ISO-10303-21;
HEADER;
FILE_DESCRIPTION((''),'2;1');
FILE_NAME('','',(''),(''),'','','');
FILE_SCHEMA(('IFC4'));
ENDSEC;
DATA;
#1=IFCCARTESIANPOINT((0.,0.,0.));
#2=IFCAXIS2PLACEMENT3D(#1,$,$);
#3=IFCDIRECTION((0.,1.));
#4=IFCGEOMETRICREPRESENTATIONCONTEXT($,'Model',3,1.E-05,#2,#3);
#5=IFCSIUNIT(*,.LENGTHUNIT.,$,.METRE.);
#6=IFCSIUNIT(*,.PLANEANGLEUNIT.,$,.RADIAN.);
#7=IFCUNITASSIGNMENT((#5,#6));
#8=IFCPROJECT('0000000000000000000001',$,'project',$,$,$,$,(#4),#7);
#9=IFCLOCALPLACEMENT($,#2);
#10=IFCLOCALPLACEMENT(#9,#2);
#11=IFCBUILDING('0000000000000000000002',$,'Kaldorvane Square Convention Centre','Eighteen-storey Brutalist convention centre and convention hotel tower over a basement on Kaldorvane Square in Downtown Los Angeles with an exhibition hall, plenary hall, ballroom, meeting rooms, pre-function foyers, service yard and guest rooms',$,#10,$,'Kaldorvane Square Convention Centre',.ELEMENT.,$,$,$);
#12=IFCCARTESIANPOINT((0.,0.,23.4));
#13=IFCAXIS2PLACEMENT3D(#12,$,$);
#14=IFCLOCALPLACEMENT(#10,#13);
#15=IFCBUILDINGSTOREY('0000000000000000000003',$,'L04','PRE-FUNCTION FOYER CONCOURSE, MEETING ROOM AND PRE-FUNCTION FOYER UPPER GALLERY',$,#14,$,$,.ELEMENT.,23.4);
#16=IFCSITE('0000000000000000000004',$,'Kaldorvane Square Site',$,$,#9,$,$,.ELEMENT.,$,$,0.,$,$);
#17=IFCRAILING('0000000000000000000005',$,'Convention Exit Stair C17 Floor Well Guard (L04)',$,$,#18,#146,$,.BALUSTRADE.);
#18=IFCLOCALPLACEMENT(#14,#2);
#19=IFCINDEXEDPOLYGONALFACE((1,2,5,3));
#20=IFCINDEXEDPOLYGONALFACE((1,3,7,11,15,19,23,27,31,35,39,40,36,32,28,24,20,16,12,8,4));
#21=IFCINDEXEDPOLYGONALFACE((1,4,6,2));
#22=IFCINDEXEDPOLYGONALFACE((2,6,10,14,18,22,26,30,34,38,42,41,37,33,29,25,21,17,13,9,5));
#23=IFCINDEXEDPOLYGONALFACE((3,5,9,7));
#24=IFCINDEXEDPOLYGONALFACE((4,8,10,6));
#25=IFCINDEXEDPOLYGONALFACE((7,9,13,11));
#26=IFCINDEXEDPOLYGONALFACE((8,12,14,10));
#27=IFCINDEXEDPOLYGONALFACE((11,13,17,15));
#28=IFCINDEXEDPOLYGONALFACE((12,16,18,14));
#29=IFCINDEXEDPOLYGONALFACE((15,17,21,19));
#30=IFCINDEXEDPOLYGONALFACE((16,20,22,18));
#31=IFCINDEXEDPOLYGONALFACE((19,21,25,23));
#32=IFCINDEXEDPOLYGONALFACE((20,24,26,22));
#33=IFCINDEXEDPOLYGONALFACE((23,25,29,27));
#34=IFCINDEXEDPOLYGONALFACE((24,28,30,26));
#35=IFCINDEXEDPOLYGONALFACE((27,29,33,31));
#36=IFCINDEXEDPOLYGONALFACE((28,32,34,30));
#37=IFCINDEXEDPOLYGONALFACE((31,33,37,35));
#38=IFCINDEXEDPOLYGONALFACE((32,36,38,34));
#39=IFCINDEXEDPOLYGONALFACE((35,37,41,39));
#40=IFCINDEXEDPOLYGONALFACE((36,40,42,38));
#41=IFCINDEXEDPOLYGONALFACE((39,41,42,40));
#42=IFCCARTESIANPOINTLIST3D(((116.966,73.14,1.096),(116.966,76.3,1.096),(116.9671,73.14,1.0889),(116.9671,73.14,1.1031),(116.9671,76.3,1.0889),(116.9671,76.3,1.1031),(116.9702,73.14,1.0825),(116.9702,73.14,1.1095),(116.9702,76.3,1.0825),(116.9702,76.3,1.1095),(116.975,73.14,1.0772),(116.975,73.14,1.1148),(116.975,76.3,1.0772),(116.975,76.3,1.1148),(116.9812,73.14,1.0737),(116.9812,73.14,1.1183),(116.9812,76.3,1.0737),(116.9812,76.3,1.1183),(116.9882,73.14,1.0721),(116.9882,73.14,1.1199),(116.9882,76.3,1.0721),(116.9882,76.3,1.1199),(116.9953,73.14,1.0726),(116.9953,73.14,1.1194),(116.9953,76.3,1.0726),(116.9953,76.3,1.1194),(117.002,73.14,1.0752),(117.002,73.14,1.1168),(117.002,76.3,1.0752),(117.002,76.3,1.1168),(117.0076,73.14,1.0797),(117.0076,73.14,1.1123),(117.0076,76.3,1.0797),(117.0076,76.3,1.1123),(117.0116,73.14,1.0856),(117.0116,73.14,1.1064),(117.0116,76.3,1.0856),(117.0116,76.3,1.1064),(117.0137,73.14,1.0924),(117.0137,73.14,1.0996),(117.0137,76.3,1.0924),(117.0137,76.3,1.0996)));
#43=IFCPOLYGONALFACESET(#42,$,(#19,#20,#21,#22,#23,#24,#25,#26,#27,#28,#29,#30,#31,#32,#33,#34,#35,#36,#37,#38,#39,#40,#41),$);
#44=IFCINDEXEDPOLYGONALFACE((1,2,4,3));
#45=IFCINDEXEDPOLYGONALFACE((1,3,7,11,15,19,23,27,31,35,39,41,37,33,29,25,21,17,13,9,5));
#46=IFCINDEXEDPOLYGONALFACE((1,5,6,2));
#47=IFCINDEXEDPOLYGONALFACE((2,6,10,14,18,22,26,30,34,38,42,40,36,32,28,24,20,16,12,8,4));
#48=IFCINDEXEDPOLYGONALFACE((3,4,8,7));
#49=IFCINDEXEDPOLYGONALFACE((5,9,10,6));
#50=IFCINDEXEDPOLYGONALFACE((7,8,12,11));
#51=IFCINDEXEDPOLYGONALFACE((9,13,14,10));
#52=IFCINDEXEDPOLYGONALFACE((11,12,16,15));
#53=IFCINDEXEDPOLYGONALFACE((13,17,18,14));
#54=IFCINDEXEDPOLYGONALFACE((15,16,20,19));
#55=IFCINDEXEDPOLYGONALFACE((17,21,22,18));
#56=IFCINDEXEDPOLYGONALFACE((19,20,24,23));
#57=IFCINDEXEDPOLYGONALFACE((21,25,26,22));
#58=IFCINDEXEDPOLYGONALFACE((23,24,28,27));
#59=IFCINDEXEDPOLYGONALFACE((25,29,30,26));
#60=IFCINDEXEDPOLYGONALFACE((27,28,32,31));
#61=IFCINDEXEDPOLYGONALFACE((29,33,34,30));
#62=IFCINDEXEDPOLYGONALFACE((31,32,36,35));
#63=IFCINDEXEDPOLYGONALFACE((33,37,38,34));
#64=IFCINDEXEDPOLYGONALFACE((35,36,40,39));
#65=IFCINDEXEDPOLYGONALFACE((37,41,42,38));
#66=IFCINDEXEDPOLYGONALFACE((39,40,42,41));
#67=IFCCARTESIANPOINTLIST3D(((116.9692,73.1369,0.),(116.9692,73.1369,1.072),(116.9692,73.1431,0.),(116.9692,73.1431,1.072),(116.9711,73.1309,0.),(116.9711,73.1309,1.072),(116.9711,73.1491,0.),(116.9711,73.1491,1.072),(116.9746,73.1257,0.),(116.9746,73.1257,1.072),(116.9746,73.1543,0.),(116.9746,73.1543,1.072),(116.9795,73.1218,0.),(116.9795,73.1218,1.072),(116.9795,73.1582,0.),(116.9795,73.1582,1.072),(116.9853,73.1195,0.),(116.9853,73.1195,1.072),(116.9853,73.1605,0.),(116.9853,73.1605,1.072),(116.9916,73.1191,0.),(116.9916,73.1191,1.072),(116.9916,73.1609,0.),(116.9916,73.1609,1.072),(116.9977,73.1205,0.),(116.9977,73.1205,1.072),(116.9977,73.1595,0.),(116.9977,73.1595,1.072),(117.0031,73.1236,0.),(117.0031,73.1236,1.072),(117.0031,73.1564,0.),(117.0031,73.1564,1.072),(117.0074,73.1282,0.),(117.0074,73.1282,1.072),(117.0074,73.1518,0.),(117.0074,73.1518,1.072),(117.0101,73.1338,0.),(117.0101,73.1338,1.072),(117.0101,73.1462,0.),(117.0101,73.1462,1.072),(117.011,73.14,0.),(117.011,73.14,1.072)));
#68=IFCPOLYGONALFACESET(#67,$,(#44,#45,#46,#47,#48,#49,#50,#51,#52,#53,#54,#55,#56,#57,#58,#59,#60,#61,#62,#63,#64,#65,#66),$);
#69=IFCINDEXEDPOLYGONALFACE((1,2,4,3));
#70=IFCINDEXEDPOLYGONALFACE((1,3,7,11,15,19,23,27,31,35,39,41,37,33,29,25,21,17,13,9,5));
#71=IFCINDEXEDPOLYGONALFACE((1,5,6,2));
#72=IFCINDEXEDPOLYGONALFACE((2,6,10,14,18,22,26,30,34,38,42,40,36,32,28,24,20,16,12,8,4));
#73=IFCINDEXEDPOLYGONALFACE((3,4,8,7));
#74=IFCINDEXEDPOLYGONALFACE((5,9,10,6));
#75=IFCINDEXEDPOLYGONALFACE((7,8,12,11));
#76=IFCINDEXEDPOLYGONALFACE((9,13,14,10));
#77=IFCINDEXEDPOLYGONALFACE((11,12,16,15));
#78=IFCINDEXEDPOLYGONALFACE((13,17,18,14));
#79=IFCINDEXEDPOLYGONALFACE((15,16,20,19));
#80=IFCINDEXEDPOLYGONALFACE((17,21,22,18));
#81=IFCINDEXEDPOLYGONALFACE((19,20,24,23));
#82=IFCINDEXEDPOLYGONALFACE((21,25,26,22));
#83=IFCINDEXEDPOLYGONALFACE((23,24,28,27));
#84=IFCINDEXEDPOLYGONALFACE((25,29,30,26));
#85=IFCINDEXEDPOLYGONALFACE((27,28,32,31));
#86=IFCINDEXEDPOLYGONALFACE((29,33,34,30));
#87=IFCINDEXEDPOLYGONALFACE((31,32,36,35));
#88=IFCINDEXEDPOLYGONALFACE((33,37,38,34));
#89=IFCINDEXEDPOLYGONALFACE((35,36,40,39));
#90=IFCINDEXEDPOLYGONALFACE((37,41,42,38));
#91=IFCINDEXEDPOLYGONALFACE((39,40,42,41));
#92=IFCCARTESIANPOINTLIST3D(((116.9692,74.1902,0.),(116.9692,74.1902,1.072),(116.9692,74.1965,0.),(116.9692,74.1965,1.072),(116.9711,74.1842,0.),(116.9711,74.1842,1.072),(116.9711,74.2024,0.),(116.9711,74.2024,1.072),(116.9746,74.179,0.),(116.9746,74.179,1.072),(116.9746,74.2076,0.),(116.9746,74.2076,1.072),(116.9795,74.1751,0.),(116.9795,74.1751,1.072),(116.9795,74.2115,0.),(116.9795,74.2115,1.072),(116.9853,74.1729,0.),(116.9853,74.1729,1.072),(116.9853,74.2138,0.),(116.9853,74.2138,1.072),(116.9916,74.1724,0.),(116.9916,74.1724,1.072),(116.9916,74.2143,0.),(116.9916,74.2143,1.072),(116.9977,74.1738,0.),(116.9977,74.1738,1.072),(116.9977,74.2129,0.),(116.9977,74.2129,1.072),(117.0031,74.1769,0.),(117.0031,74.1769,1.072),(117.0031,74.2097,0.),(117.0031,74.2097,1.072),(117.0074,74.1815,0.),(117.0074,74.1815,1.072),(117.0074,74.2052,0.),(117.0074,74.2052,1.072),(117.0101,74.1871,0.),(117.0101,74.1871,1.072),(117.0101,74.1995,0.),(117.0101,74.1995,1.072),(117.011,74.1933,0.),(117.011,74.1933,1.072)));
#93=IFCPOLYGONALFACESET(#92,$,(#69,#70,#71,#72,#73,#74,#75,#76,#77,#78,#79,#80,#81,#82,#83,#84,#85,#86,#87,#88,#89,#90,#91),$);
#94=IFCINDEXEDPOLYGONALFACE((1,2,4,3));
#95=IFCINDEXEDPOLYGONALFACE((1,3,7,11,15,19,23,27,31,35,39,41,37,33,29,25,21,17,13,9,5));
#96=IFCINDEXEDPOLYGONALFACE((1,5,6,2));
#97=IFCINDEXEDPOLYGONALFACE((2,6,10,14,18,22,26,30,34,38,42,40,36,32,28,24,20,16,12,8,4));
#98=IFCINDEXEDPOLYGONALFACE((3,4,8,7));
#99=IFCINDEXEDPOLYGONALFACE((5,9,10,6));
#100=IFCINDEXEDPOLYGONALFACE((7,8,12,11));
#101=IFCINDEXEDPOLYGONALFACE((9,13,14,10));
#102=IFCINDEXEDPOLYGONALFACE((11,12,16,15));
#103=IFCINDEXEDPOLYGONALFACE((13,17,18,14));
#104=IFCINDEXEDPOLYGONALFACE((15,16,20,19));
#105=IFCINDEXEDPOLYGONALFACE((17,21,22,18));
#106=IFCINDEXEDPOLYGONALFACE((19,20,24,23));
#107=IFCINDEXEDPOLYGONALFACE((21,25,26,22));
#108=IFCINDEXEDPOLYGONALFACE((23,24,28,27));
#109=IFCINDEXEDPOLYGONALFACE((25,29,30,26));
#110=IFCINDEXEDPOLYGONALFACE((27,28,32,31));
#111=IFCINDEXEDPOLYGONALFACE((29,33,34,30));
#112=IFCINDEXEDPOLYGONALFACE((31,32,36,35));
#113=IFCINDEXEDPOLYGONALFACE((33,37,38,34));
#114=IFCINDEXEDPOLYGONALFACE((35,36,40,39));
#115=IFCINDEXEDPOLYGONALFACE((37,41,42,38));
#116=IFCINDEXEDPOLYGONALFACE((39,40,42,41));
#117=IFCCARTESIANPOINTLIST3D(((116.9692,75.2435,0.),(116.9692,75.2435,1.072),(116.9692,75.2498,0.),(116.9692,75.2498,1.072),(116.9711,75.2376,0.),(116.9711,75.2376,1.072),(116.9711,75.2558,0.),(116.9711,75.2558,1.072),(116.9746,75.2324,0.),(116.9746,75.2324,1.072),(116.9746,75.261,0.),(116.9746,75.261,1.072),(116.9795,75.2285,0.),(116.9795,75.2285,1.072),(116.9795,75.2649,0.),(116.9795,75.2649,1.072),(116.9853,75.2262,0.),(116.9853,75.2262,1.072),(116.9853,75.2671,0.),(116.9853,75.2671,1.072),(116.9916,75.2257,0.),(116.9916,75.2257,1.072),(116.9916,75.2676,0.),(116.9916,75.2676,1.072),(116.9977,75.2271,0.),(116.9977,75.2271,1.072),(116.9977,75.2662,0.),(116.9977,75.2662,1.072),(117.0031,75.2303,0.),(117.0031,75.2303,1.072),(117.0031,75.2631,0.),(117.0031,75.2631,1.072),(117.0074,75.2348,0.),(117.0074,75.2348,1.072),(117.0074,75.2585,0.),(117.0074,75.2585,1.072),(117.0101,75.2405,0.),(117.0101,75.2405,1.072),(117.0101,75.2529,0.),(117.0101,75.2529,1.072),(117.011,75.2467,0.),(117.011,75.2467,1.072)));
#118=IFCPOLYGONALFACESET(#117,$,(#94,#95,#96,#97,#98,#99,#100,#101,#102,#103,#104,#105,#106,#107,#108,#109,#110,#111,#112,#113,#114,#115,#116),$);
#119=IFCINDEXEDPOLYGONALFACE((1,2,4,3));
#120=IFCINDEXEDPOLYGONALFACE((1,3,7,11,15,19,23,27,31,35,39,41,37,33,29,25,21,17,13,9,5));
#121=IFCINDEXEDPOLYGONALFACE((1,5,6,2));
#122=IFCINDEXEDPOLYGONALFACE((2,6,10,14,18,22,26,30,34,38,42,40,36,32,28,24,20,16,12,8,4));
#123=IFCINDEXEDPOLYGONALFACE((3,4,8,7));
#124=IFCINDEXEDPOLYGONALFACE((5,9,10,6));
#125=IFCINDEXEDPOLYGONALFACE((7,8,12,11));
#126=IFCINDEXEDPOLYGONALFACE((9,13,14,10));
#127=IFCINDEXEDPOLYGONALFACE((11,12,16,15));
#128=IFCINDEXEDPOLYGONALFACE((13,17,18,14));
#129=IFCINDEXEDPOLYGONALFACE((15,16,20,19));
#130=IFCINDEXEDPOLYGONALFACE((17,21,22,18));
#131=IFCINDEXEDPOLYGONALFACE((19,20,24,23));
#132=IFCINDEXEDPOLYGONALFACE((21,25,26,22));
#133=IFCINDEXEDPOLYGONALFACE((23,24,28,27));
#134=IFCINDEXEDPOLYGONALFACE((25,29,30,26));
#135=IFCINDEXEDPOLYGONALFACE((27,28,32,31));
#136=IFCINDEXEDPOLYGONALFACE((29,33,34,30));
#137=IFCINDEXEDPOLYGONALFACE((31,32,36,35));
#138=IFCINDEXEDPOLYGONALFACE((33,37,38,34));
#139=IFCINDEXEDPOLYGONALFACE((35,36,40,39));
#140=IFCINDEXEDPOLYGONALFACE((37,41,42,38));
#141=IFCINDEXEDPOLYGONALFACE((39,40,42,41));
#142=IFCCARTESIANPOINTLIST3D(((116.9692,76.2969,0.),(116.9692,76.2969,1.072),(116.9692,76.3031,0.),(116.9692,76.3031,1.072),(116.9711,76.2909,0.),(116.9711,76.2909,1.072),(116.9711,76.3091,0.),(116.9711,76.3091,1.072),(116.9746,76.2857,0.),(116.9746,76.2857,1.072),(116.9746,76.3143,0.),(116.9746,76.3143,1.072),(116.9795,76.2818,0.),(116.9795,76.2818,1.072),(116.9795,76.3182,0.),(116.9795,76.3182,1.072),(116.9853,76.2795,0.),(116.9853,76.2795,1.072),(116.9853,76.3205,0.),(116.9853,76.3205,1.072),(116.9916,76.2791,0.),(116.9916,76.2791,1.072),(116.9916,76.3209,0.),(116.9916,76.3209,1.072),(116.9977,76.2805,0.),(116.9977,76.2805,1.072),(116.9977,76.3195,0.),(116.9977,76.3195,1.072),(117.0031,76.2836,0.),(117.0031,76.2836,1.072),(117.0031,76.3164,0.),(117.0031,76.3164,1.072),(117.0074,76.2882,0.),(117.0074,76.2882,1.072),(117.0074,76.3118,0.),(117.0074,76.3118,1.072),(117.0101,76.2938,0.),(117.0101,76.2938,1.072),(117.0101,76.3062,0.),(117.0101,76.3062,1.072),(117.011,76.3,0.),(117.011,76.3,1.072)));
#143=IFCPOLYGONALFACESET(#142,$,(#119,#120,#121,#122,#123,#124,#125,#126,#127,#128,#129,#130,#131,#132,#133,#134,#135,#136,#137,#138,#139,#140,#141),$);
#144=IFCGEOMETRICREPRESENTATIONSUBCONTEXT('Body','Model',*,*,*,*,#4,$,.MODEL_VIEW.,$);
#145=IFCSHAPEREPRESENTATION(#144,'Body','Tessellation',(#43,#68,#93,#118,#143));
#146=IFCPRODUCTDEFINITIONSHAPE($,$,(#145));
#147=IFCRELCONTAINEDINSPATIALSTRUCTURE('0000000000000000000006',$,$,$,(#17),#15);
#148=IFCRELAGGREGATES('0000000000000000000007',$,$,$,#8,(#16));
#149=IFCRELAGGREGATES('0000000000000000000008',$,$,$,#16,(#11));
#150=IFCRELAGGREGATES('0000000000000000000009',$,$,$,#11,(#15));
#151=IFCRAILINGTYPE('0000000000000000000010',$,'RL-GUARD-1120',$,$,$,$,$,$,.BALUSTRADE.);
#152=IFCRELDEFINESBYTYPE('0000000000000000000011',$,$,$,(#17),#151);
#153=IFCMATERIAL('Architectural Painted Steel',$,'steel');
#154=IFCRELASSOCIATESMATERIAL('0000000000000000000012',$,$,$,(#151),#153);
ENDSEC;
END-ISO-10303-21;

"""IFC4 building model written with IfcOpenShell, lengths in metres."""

from ifc_helpers import new_model, si_unit, direction, frame, origin, origin_2d, place, context, subcontext, project, spatial, circle, extrude, material, type_object, element, save


model = new_model("IFC4")

# Units and contexts
model_context = context("Model", 3, precision=1e-05, world=origin(), true_north=direction((0.0, 1.0)))
body_context = subcontext(model_context, "Body", "Model", "MODEL_VIEW")
ifc_project = project(units=[si_unit("LENGTHUNIT", "METRE"), si_unit("PLANEANGLEUNIT", "RADIAN")], contexts=[model_context])

# Site, building, storey
site_placement = place(None, origin())
site = spatial("IfcSite", under=ifc_project, at=site_placement, Name="Kaldorvane Square Site", CompositionType="ELEMENT", RefElevation=0.0)
building_placement = place(site_placement, origin())
building = spatial("IfcBuilding", under=site, at=building_placement, Name="Kaldorvane Square Convention Centre", Description="Eighteen-storey Brutalist convention centre and convention hotel tower over a basement on Kaldorvane Square in Downtown Los Angeles with an exhibition hall, plenary hall, ballroom, meeting rooms, pre-function foyers, service yard and guest rooms", LongName="Kaldorvane Square Convention Centre", CompositionType="ELEMENT")
storey_placement = place(building_placement, frame((0.0, 0.0, 23.4)))
storey = spatial("IfcBuildingStorey", under=building, at=storey_placement, Name="L04", Description="PRE-FUNCTION FOYER CONCOURSE, MEETING ROOM AND PRE-FUNCTION FOYER UPPER GALLERY", CompositionType="ELEMENT", Elevation=23.4)

# Railing
ifc_material_1 = material(Name="Architectural Painted Steel", Category="steel")
railing_type = type_object("IfcRailingType", Name="RL-GUARD-1120", PredefinedType="BALUSTRADE", material=ifc_material_1)
for number, where, name in (
    (1, (116.99, 73.14, 0.0), "Convention Exit Stair C17 Floor Well Guard (L04)"),
):
    element("IfcRailing", number, at=place(storey_placement, frame(where)), inside=storey, type_object=railing_type, Name=name, PredefinedType="BALUSTRADE", context=body_context, shape_type="SweptSolid", body=[
        extrude(circle(Radius=0.024, at=origin_2d()), frame((0.0, 0.0, 1.096), z_axis=(0.0, 1.0, 0.0), x_axis=(-1.0, 0.0, 0.0)), (0.0, 0.0, 1.0), 3.16),
        extrude(circle(Radius=0.021, at=origin_2d()), origin(), (0.0, 0.0, 1.0), 1.072),
        extrude(circle(Radius=0.021, at=origin_2d()), frame((0.0, 1.0533, 0.0)), (0.0, 0.0, 1.0), 1.072),
        extrude(circle(Radius=0.021, at=origin_2d()), frame((0.0, 2.1067, 0.0)), (0.0, 0.0, 1.0), 1.072),
        extrude(circle(Radius=0.021, at=origin_2d()), frame((0.0, 3.16, 0.0)), (0.0, 0.0, 1.0), 1.072),
    ])

save(model, "model.ifc")
